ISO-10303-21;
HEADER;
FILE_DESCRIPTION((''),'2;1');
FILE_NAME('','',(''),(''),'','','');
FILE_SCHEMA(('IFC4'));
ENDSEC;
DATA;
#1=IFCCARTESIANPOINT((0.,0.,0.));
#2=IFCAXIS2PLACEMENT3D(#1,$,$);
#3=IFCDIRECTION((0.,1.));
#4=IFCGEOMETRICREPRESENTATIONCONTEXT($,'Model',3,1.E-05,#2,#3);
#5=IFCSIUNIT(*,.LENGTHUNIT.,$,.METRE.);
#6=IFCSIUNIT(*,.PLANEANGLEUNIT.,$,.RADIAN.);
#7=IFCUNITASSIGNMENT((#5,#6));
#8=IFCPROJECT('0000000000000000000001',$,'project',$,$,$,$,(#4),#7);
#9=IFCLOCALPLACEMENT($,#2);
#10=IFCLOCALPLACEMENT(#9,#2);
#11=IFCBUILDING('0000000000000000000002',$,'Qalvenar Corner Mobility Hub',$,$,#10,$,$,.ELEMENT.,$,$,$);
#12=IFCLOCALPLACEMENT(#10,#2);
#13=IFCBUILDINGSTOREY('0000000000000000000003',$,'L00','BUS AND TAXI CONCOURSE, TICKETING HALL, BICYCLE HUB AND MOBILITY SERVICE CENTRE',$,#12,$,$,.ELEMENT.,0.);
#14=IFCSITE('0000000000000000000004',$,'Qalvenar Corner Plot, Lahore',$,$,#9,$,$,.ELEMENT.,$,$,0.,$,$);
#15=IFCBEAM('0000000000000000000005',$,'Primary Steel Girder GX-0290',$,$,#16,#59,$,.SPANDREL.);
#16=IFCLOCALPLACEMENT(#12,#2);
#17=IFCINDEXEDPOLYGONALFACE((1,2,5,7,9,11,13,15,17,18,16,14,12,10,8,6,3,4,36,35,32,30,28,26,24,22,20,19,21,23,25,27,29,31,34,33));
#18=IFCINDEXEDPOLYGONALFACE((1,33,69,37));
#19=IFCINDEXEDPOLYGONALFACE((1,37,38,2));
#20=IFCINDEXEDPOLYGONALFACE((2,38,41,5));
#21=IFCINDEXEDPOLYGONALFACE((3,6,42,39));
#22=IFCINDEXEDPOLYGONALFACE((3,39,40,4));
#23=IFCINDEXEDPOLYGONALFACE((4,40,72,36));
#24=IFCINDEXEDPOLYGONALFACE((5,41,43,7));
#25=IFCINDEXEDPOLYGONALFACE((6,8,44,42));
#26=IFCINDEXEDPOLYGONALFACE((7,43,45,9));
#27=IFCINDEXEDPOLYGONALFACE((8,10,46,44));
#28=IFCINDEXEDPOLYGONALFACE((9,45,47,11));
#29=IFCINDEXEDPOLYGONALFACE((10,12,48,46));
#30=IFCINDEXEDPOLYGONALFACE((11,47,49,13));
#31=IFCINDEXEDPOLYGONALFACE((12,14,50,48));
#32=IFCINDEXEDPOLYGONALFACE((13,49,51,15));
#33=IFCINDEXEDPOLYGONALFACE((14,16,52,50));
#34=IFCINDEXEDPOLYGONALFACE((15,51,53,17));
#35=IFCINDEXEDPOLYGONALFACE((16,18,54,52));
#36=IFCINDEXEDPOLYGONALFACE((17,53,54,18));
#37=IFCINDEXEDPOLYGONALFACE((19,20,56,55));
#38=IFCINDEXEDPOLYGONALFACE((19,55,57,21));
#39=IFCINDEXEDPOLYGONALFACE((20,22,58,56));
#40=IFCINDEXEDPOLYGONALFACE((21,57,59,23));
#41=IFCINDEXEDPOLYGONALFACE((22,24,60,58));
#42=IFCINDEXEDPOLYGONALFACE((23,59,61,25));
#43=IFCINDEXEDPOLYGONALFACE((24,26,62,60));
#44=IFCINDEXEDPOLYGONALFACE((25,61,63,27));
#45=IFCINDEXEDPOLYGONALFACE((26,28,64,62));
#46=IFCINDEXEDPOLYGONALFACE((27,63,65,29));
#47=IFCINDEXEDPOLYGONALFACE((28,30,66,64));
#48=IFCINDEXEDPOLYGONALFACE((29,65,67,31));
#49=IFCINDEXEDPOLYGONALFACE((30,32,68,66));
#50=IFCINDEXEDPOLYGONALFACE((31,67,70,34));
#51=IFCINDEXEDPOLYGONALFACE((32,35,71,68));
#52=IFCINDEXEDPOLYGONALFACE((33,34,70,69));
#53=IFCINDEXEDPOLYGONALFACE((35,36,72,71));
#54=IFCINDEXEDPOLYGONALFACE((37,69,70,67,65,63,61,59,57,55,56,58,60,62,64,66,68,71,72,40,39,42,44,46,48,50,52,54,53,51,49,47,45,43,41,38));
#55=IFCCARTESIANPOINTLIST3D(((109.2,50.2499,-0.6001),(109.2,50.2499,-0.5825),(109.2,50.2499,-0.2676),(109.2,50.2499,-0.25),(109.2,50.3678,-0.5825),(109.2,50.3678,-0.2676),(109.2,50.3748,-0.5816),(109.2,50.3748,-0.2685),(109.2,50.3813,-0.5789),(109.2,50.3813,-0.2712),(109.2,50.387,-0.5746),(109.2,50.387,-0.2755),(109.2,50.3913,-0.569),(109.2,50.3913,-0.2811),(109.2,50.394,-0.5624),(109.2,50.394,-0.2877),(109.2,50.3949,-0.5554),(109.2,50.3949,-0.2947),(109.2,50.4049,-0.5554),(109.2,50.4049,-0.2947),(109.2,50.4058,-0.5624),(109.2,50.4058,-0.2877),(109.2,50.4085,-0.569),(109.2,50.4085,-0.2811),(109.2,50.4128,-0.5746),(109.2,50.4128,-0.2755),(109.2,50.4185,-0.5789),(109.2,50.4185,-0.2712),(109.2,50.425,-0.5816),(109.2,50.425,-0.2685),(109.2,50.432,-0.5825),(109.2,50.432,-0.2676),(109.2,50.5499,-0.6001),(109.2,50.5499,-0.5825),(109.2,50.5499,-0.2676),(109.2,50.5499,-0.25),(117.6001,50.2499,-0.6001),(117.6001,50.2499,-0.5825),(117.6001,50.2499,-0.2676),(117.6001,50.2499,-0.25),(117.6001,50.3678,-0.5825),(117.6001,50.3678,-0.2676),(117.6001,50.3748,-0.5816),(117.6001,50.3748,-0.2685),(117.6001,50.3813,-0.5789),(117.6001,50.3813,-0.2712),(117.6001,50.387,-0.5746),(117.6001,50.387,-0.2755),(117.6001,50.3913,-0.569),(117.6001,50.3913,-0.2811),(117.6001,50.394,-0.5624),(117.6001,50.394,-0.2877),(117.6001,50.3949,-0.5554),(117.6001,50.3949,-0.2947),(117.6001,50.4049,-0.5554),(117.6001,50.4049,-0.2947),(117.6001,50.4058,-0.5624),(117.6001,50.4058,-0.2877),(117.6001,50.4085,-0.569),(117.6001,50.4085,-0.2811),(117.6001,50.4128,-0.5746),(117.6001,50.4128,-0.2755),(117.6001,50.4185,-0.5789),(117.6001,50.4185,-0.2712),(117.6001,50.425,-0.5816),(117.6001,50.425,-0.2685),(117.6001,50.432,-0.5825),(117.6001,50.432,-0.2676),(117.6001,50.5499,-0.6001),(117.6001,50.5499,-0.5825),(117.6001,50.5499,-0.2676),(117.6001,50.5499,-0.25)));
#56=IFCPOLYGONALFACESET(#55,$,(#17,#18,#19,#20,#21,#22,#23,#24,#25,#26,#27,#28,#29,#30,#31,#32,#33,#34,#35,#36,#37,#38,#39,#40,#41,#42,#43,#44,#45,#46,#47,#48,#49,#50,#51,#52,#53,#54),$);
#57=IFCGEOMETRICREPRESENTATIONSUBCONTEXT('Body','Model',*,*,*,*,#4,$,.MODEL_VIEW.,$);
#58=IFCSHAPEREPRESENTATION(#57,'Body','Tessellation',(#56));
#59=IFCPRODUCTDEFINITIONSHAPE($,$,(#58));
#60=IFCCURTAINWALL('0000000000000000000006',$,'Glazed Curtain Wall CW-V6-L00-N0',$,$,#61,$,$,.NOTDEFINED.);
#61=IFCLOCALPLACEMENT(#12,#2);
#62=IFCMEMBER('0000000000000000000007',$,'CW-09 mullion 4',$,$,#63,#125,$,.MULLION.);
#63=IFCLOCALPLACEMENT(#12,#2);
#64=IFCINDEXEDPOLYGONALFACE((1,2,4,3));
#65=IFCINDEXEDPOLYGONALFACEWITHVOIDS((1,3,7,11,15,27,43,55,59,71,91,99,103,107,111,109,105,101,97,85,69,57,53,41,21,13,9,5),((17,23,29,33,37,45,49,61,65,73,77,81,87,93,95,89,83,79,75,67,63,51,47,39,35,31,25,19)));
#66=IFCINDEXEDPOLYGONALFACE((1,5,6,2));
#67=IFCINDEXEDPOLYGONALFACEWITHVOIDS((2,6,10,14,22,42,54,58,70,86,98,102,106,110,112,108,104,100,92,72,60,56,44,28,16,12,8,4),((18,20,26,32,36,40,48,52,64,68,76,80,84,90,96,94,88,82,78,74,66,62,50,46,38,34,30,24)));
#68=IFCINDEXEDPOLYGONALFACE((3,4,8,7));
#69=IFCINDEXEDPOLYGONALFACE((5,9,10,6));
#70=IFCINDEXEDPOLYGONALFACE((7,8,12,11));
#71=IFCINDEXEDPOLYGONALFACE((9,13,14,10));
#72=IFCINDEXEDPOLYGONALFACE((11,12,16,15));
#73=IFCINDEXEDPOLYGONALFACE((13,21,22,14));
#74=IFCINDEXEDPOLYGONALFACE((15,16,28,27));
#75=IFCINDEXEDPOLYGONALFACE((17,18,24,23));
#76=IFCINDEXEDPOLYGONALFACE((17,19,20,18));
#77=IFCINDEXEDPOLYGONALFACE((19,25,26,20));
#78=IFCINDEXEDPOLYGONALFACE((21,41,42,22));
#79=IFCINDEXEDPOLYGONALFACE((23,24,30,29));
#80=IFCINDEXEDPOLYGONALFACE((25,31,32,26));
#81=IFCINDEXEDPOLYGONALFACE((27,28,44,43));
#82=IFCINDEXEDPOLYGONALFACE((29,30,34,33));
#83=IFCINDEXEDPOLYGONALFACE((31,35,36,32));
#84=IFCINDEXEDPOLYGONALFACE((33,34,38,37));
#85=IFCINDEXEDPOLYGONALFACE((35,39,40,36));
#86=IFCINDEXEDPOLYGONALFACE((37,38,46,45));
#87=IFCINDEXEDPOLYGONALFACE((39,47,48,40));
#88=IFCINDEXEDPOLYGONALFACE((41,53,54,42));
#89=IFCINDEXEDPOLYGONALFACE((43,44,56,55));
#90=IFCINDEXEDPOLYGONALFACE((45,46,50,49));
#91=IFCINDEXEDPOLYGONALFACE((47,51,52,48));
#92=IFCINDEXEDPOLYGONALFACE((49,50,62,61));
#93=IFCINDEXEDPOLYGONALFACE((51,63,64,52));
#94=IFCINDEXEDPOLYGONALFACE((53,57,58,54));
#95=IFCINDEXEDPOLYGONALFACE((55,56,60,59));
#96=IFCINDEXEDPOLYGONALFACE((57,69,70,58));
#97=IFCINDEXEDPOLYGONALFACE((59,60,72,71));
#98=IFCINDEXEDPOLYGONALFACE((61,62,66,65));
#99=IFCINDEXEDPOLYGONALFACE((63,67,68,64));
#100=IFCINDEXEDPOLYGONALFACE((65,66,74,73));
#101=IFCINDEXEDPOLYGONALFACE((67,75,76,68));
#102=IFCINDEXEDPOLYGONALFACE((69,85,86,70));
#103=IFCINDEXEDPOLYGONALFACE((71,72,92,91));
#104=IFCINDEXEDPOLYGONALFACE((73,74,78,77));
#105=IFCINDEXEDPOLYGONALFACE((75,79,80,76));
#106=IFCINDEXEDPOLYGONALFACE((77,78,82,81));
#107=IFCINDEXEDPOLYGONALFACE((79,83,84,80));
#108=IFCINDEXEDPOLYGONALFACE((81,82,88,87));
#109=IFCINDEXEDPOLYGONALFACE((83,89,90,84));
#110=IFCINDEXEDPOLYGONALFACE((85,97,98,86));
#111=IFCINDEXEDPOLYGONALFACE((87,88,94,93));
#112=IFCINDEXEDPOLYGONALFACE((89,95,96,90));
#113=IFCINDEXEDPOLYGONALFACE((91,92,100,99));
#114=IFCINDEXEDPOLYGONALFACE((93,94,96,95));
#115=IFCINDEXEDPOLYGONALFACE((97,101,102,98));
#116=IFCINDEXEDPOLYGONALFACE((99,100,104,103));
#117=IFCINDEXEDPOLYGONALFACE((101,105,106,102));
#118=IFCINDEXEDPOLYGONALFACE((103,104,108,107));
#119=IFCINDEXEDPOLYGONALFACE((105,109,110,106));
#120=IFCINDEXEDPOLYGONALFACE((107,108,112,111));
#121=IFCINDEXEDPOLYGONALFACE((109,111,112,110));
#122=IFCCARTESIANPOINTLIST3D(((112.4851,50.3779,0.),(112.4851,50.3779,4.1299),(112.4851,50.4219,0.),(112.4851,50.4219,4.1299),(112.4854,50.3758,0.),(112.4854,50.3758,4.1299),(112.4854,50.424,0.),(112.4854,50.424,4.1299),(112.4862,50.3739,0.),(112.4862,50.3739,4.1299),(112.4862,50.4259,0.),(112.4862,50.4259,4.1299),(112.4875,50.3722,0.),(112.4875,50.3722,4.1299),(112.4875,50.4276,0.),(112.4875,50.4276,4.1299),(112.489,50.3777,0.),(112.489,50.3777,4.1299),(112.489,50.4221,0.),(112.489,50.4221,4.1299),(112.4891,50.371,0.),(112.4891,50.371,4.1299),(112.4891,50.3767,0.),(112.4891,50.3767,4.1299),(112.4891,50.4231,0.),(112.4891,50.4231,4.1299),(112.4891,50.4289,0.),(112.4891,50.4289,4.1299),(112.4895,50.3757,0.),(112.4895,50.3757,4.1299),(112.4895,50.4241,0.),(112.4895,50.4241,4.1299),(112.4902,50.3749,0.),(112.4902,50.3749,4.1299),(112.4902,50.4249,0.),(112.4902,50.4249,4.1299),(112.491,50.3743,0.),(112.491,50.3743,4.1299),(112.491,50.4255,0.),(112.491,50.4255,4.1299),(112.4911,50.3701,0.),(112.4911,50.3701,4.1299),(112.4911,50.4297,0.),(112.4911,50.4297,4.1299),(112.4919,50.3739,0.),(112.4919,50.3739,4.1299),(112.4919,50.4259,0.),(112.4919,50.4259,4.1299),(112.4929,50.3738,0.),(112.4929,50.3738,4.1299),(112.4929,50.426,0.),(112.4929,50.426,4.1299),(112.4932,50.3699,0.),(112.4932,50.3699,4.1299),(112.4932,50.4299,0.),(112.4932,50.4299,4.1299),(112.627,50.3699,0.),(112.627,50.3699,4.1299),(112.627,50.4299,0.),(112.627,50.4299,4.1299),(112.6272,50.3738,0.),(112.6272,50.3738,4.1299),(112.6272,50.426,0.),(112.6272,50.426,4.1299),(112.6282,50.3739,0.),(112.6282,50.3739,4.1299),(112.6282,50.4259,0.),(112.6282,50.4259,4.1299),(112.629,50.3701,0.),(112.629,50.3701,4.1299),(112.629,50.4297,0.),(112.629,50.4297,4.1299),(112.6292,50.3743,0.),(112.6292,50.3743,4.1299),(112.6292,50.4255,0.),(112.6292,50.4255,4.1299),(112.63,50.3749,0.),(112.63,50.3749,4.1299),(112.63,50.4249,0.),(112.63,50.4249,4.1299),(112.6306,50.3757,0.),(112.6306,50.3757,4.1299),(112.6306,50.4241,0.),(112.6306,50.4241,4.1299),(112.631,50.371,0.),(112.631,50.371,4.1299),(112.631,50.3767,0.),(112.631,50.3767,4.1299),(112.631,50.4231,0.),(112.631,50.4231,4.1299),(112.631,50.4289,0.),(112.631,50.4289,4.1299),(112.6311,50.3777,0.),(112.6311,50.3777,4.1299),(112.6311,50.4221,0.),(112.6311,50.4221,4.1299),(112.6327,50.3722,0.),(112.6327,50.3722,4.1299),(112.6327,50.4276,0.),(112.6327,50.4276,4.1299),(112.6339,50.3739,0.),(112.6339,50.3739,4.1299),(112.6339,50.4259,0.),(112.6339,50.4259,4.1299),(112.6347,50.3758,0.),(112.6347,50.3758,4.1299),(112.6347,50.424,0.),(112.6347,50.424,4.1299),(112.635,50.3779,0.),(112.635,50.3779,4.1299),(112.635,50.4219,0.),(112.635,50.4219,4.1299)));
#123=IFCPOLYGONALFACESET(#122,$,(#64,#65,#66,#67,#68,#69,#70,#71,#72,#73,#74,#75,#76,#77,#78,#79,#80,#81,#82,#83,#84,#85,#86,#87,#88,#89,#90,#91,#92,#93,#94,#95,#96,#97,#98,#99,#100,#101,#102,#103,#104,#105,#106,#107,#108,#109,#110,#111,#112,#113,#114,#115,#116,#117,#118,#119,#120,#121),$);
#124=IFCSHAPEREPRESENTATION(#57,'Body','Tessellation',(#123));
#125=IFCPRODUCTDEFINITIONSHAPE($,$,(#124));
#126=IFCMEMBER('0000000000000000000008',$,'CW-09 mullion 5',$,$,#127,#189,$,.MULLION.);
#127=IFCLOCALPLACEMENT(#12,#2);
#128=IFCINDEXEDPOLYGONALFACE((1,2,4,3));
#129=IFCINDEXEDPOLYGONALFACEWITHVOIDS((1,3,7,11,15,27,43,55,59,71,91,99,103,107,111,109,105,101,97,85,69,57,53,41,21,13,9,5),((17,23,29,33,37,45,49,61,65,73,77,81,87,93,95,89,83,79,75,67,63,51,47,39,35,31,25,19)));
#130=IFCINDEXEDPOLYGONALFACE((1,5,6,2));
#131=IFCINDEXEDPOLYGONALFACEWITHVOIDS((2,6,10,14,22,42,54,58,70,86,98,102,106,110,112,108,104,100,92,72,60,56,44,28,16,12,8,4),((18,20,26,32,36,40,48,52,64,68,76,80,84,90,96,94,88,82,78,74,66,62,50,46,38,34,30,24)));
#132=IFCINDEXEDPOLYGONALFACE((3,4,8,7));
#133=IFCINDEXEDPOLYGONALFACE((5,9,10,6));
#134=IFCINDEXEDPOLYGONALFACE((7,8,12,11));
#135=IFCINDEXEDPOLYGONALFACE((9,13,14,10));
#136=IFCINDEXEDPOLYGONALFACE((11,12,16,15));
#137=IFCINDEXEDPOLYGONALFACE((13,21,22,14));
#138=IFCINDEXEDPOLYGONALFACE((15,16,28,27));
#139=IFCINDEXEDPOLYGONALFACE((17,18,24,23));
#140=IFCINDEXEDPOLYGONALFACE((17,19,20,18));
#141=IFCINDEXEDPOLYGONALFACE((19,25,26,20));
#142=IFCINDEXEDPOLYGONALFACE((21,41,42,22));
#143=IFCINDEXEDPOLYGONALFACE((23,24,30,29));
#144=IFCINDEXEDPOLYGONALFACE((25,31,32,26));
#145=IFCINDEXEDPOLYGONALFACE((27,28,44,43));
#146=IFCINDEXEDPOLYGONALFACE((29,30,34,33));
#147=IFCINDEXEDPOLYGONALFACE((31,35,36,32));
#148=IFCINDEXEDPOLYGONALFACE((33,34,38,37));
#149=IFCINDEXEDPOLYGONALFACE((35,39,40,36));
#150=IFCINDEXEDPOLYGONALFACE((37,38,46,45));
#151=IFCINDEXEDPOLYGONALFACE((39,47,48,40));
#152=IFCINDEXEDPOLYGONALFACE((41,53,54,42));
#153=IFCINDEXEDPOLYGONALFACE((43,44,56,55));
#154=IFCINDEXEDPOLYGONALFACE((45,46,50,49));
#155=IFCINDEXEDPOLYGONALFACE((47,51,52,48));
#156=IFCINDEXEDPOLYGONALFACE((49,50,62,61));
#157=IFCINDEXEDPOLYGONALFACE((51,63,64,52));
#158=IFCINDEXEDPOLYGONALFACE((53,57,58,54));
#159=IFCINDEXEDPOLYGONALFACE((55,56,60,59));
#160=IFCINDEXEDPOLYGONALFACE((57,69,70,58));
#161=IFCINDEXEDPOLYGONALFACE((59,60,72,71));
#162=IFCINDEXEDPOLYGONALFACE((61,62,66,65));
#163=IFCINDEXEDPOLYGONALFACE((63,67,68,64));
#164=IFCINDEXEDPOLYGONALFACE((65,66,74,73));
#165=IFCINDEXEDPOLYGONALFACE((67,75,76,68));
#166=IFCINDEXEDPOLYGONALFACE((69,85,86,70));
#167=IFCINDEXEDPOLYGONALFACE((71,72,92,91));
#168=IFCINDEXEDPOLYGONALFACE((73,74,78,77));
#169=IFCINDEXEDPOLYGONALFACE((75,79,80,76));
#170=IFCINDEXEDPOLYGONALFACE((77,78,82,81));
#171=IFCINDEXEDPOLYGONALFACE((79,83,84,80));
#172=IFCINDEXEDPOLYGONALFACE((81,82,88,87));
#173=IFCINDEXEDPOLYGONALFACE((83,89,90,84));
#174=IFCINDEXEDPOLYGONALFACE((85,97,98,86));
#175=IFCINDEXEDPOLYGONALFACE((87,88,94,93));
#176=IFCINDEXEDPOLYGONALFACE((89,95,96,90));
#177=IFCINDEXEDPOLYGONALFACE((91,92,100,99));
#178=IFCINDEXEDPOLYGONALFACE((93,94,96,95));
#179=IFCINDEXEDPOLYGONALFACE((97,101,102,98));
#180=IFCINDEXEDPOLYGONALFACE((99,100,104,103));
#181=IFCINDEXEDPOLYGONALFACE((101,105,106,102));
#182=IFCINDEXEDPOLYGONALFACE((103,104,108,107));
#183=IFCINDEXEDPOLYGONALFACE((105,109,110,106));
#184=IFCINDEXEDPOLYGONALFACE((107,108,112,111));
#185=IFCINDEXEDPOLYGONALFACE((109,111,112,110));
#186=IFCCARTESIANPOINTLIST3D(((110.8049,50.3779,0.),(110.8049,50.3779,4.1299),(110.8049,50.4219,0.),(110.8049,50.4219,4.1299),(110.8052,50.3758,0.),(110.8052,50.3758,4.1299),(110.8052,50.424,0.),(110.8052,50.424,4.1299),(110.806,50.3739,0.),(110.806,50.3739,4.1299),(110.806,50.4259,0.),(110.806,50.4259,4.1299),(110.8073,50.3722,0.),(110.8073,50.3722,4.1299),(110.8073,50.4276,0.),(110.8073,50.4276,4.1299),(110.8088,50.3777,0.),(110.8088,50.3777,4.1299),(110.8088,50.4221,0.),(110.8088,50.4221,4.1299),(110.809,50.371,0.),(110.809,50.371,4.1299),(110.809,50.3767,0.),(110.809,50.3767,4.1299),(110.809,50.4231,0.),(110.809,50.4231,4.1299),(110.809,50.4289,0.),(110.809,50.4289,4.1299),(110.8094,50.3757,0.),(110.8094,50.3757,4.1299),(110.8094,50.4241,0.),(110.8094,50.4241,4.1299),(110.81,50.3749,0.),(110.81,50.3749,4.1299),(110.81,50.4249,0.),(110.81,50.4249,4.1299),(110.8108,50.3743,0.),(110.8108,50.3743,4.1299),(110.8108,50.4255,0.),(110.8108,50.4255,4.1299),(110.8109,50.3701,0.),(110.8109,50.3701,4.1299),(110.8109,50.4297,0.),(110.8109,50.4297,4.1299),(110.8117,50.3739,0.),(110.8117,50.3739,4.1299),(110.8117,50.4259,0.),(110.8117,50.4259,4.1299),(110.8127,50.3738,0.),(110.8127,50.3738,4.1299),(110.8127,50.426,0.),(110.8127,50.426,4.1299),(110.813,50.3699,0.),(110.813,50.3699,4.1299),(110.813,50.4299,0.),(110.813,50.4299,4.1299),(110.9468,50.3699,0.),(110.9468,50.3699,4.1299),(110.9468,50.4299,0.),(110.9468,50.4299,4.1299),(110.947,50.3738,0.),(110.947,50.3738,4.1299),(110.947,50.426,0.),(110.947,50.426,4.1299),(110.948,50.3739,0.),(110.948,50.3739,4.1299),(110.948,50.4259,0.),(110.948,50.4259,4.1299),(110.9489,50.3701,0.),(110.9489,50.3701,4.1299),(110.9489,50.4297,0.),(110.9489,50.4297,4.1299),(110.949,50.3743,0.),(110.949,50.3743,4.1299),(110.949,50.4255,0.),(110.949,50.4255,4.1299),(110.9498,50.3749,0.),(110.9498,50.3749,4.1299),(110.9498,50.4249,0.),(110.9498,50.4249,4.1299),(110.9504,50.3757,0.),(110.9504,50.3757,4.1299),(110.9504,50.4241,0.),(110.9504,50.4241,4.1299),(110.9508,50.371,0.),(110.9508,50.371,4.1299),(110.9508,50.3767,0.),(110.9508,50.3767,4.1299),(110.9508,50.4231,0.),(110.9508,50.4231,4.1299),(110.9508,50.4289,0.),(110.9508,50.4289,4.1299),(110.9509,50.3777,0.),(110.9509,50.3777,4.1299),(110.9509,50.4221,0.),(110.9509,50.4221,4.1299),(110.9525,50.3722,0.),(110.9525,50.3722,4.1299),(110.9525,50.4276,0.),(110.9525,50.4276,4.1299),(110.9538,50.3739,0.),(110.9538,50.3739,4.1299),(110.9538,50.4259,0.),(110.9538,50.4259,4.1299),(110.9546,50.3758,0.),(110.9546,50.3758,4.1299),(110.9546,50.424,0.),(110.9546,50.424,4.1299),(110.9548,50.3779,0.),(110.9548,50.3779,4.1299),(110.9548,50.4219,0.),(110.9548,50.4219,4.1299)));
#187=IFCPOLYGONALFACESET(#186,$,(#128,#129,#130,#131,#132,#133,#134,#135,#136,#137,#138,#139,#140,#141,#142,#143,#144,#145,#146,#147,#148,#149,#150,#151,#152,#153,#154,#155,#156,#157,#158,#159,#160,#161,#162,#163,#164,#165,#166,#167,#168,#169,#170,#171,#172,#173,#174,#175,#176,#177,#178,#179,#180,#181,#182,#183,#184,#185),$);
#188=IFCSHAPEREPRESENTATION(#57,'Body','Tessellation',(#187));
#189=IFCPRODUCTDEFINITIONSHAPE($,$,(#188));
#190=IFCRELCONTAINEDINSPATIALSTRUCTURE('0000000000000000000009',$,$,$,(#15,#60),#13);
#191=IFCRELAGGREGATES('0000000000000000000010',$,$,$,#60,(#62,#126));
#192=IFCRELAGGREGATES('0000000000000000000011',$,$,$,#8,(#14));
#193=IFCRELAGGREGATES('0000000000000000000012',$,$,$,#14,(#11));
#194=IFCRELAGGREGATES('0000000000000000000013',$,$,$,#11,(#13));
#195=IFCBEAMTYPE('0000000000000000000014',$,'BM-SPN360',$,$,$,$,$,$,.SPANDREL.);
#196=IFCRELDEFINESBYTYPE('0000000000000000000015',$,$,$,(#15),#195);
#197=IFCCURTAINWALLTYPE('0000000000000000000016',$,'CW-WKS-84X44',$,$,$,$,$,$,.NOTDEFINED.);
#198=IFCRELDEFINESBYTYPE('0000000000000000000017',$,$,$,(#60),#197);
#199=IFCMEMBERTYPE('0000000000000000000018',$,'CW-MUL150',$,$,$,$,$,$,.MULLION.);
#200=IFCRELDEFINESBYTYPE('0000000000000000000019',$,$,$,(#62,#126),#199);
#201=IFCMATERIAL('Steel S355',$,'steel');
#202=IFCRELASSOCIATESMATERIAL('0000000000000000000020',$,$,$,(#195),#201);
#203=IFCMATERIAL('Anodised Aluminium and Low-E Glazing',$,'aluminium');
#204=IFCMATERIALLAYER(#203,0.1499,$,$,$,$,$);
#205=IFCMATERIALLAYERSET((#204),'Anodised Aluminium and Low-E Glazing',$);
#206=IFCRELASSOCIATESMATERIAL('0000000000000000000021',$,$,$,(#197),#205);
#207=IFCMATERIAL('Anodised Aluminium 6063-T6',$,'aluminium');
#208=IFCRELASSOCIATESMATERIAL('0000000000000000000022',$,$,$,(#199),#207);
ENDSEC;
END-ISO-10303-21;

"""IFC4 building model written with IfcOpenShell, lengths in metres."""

from ifc_helpers import new_model, si_unit, direction, frame, origin, origin_2d, place, context, subcontext, project, spatial, hollow_rectangle, i_section, extrude, material, layer, layer_set, material_profile, profile_set, type_object, element, aggregate, save


model = new_model("IFC4")

# Units and contexts
model_context = context("Model", 3, precision=1e-05, world=origin(), true_north=direction((0.0, 1.0)))
body_context = subcontext(model_context, "Body", "Model", "MODEL_VIEW")
ifc_project = project(units=[si_unit("LENGTHUNIT", "METRE"), si_unit("PLANEANGLEUNIT", "RADIAN")], contexts=[model_context])

# Site, building, storey
site_placement = place(None, origin())
site = spatial("IfcSite", under=ifc_project, at=site_placement, Name="Qalvenar Corner Plot, Lahore", CompositionType="ELEMENT", RefElevation=0.0)
building_placement = place(site_placement, origin())
building = spatial("IfcBuilding", under=site, at=building_placement, Name="Qalvenar Corner Mobility Hub", CompositionType="ELEMENT")
storey_placement = place(building_placement, origin())
storey = spatial("IfcBuildingStorey", under=building, at=storey_placement, Name="L00", Description="BUS AND TAXI CONCOURSE, TICKETING HALL, BICYCLE HUB AND MOBILITY SERVICE CENTRE", CompositionType="ELEMENT", Elevation=0.0)

# Shared definitions
ifc_material_1 = material(Name="Steel S355", Category="steel")

# Beam
ifc_material_profile_1 = material_profile(ifc_material_1, i_section(OverallWidth=0.3, OverallDepth=0.3501, WebThickness=0.01, FlangeThickness=0.0176, FilletRadius=0.0271, at=origin_2d()), Name="HEA360")
ifc_profile_set_1 = profile_set([ifc_material_profile_1], Name="Steel S355")
beam_type_1 = type_object("IfcBeamType", Name="BM-SPN360", PredefinedType="SPANDREL", material=ifc_profile_set_1)
beam_1_placement = place(storey_placement, frame((109.2, 50.3999, -0.425), z_axis=(1.0, 0.0, 0.0), x_axis=(0.0, 1.0, 0.0)))
element("IfcBeam", 1, at=beam_1_placement, inside=storey, type_object=beam_type_1, Name="Primary Steel Girder GX-0290", PredefinedType="SPANDREL", context=body_context, shape_type="SweptSolid", body=[
    extrude(i_section(OverallWidth=0.3, OverallDepth=0.3501, WebThickness=0.01, FlangeThickness=0.0176, FilletRadius=0.0271, at=origin_2d()), origin(), (0.0, 0.0, 1.0), 8.4001),
])

# Curtain wall, members
ifc_material_2 = material(Name="Anodised Aluminium and Low-E Glazing", Category="aluminium")
ifc_layer_1 = layer(ifc_material_2, 0.1499)
ifc_layer_set_1 = layer_set([ifc_layer_1], Name="Anodised Aluminium and Low-E Glazing")
curtain_wall_type = type_object("IfcCurtainWallType", Name="CW-WKS-84X44", PredefinedType="NOTDEFINED", material=ifc_layer_set_1)
curtain_wall_placement = place(storey_placement, origin())
curtain_wall = element("IfcCurtainWall", 2, at=curtain_wall_placement, inside=storey, type_object=curtain_wall_type, Name="Glazed Curtain Wall CW-V6-L00-N0", PredefinedType="NOTDEFINED")
ifc_material_3 = material(Name="Anodised Aluminium 6063-T6", Category="aluminium")
ifc_material_profile_2 = material_profile(ifc_material_3, hollow_rectangle(XDim=0.0601, YDim=0.1499, WallThickness=0.0039, InnerFilletRadius=0.0039, OuterFilletRadius=0.0081, at=origin_2d()), Name="RHS150x60x4")
ifc_profile_set_2 = profile_set([ifc_material_profile_2], Name="Anodised Aluminium 6063-T6")
member_type_1 = type_object("IfcMemberType", Name="CW-MUL150", PredefinedType="MULLION", material=ifc_profile_set_2)
member_1_placement = place(storey_placement, frame((112.5601, 50.3999, 0.0), z_axis=(0.0, 0.0, 1.0), x_axis=(0.0, -1.0, 0.0)))
member_1 = element("IfcMember", 3, at=member_1_placement, type_object=member_type_1, Name="CW-09 mullion 4", PredefinedType="MULLION", context=body_context, shape_type="SweptSolid", body=[
    extrude(hollow_rectangle(XDim=0.0601, YDim=0.1499, WallThickness=0.0039, InnerFilletRadius=0.0039, OuterFilletRadius=0.0081, at=origin_2d()), origin(), (0.0, 0.0, 1.0), 4.1299),
])
member_2_placement = place(storey_placement, frame((110.8799, 50.3999, 0.0), z_axis=(0.0, 0.0, 1.0), x_axis=(0.0, -1.0, 0.0)))
member_2 = element("IfcMember", 4, at=member_2_placement, type_object=member_type_1, Name="CW-09 mullion 5", PredefinedType="MULLION", context=body_context, shape_type="SweptSolid", body=[
    extrude(hollow_rectangle(XDim=0.0601, YDim=0.1499, WallThickness=0.0039, InnerFilletRadius=0.0039, OuterFilletRadius=0.0081, at=origin_2d()), origin(), (0.0, 0.0, 1.0), 4.1299),
])
aggregate(curtain_wall, [member_1, member_2])

save(model, "model.ifc")
